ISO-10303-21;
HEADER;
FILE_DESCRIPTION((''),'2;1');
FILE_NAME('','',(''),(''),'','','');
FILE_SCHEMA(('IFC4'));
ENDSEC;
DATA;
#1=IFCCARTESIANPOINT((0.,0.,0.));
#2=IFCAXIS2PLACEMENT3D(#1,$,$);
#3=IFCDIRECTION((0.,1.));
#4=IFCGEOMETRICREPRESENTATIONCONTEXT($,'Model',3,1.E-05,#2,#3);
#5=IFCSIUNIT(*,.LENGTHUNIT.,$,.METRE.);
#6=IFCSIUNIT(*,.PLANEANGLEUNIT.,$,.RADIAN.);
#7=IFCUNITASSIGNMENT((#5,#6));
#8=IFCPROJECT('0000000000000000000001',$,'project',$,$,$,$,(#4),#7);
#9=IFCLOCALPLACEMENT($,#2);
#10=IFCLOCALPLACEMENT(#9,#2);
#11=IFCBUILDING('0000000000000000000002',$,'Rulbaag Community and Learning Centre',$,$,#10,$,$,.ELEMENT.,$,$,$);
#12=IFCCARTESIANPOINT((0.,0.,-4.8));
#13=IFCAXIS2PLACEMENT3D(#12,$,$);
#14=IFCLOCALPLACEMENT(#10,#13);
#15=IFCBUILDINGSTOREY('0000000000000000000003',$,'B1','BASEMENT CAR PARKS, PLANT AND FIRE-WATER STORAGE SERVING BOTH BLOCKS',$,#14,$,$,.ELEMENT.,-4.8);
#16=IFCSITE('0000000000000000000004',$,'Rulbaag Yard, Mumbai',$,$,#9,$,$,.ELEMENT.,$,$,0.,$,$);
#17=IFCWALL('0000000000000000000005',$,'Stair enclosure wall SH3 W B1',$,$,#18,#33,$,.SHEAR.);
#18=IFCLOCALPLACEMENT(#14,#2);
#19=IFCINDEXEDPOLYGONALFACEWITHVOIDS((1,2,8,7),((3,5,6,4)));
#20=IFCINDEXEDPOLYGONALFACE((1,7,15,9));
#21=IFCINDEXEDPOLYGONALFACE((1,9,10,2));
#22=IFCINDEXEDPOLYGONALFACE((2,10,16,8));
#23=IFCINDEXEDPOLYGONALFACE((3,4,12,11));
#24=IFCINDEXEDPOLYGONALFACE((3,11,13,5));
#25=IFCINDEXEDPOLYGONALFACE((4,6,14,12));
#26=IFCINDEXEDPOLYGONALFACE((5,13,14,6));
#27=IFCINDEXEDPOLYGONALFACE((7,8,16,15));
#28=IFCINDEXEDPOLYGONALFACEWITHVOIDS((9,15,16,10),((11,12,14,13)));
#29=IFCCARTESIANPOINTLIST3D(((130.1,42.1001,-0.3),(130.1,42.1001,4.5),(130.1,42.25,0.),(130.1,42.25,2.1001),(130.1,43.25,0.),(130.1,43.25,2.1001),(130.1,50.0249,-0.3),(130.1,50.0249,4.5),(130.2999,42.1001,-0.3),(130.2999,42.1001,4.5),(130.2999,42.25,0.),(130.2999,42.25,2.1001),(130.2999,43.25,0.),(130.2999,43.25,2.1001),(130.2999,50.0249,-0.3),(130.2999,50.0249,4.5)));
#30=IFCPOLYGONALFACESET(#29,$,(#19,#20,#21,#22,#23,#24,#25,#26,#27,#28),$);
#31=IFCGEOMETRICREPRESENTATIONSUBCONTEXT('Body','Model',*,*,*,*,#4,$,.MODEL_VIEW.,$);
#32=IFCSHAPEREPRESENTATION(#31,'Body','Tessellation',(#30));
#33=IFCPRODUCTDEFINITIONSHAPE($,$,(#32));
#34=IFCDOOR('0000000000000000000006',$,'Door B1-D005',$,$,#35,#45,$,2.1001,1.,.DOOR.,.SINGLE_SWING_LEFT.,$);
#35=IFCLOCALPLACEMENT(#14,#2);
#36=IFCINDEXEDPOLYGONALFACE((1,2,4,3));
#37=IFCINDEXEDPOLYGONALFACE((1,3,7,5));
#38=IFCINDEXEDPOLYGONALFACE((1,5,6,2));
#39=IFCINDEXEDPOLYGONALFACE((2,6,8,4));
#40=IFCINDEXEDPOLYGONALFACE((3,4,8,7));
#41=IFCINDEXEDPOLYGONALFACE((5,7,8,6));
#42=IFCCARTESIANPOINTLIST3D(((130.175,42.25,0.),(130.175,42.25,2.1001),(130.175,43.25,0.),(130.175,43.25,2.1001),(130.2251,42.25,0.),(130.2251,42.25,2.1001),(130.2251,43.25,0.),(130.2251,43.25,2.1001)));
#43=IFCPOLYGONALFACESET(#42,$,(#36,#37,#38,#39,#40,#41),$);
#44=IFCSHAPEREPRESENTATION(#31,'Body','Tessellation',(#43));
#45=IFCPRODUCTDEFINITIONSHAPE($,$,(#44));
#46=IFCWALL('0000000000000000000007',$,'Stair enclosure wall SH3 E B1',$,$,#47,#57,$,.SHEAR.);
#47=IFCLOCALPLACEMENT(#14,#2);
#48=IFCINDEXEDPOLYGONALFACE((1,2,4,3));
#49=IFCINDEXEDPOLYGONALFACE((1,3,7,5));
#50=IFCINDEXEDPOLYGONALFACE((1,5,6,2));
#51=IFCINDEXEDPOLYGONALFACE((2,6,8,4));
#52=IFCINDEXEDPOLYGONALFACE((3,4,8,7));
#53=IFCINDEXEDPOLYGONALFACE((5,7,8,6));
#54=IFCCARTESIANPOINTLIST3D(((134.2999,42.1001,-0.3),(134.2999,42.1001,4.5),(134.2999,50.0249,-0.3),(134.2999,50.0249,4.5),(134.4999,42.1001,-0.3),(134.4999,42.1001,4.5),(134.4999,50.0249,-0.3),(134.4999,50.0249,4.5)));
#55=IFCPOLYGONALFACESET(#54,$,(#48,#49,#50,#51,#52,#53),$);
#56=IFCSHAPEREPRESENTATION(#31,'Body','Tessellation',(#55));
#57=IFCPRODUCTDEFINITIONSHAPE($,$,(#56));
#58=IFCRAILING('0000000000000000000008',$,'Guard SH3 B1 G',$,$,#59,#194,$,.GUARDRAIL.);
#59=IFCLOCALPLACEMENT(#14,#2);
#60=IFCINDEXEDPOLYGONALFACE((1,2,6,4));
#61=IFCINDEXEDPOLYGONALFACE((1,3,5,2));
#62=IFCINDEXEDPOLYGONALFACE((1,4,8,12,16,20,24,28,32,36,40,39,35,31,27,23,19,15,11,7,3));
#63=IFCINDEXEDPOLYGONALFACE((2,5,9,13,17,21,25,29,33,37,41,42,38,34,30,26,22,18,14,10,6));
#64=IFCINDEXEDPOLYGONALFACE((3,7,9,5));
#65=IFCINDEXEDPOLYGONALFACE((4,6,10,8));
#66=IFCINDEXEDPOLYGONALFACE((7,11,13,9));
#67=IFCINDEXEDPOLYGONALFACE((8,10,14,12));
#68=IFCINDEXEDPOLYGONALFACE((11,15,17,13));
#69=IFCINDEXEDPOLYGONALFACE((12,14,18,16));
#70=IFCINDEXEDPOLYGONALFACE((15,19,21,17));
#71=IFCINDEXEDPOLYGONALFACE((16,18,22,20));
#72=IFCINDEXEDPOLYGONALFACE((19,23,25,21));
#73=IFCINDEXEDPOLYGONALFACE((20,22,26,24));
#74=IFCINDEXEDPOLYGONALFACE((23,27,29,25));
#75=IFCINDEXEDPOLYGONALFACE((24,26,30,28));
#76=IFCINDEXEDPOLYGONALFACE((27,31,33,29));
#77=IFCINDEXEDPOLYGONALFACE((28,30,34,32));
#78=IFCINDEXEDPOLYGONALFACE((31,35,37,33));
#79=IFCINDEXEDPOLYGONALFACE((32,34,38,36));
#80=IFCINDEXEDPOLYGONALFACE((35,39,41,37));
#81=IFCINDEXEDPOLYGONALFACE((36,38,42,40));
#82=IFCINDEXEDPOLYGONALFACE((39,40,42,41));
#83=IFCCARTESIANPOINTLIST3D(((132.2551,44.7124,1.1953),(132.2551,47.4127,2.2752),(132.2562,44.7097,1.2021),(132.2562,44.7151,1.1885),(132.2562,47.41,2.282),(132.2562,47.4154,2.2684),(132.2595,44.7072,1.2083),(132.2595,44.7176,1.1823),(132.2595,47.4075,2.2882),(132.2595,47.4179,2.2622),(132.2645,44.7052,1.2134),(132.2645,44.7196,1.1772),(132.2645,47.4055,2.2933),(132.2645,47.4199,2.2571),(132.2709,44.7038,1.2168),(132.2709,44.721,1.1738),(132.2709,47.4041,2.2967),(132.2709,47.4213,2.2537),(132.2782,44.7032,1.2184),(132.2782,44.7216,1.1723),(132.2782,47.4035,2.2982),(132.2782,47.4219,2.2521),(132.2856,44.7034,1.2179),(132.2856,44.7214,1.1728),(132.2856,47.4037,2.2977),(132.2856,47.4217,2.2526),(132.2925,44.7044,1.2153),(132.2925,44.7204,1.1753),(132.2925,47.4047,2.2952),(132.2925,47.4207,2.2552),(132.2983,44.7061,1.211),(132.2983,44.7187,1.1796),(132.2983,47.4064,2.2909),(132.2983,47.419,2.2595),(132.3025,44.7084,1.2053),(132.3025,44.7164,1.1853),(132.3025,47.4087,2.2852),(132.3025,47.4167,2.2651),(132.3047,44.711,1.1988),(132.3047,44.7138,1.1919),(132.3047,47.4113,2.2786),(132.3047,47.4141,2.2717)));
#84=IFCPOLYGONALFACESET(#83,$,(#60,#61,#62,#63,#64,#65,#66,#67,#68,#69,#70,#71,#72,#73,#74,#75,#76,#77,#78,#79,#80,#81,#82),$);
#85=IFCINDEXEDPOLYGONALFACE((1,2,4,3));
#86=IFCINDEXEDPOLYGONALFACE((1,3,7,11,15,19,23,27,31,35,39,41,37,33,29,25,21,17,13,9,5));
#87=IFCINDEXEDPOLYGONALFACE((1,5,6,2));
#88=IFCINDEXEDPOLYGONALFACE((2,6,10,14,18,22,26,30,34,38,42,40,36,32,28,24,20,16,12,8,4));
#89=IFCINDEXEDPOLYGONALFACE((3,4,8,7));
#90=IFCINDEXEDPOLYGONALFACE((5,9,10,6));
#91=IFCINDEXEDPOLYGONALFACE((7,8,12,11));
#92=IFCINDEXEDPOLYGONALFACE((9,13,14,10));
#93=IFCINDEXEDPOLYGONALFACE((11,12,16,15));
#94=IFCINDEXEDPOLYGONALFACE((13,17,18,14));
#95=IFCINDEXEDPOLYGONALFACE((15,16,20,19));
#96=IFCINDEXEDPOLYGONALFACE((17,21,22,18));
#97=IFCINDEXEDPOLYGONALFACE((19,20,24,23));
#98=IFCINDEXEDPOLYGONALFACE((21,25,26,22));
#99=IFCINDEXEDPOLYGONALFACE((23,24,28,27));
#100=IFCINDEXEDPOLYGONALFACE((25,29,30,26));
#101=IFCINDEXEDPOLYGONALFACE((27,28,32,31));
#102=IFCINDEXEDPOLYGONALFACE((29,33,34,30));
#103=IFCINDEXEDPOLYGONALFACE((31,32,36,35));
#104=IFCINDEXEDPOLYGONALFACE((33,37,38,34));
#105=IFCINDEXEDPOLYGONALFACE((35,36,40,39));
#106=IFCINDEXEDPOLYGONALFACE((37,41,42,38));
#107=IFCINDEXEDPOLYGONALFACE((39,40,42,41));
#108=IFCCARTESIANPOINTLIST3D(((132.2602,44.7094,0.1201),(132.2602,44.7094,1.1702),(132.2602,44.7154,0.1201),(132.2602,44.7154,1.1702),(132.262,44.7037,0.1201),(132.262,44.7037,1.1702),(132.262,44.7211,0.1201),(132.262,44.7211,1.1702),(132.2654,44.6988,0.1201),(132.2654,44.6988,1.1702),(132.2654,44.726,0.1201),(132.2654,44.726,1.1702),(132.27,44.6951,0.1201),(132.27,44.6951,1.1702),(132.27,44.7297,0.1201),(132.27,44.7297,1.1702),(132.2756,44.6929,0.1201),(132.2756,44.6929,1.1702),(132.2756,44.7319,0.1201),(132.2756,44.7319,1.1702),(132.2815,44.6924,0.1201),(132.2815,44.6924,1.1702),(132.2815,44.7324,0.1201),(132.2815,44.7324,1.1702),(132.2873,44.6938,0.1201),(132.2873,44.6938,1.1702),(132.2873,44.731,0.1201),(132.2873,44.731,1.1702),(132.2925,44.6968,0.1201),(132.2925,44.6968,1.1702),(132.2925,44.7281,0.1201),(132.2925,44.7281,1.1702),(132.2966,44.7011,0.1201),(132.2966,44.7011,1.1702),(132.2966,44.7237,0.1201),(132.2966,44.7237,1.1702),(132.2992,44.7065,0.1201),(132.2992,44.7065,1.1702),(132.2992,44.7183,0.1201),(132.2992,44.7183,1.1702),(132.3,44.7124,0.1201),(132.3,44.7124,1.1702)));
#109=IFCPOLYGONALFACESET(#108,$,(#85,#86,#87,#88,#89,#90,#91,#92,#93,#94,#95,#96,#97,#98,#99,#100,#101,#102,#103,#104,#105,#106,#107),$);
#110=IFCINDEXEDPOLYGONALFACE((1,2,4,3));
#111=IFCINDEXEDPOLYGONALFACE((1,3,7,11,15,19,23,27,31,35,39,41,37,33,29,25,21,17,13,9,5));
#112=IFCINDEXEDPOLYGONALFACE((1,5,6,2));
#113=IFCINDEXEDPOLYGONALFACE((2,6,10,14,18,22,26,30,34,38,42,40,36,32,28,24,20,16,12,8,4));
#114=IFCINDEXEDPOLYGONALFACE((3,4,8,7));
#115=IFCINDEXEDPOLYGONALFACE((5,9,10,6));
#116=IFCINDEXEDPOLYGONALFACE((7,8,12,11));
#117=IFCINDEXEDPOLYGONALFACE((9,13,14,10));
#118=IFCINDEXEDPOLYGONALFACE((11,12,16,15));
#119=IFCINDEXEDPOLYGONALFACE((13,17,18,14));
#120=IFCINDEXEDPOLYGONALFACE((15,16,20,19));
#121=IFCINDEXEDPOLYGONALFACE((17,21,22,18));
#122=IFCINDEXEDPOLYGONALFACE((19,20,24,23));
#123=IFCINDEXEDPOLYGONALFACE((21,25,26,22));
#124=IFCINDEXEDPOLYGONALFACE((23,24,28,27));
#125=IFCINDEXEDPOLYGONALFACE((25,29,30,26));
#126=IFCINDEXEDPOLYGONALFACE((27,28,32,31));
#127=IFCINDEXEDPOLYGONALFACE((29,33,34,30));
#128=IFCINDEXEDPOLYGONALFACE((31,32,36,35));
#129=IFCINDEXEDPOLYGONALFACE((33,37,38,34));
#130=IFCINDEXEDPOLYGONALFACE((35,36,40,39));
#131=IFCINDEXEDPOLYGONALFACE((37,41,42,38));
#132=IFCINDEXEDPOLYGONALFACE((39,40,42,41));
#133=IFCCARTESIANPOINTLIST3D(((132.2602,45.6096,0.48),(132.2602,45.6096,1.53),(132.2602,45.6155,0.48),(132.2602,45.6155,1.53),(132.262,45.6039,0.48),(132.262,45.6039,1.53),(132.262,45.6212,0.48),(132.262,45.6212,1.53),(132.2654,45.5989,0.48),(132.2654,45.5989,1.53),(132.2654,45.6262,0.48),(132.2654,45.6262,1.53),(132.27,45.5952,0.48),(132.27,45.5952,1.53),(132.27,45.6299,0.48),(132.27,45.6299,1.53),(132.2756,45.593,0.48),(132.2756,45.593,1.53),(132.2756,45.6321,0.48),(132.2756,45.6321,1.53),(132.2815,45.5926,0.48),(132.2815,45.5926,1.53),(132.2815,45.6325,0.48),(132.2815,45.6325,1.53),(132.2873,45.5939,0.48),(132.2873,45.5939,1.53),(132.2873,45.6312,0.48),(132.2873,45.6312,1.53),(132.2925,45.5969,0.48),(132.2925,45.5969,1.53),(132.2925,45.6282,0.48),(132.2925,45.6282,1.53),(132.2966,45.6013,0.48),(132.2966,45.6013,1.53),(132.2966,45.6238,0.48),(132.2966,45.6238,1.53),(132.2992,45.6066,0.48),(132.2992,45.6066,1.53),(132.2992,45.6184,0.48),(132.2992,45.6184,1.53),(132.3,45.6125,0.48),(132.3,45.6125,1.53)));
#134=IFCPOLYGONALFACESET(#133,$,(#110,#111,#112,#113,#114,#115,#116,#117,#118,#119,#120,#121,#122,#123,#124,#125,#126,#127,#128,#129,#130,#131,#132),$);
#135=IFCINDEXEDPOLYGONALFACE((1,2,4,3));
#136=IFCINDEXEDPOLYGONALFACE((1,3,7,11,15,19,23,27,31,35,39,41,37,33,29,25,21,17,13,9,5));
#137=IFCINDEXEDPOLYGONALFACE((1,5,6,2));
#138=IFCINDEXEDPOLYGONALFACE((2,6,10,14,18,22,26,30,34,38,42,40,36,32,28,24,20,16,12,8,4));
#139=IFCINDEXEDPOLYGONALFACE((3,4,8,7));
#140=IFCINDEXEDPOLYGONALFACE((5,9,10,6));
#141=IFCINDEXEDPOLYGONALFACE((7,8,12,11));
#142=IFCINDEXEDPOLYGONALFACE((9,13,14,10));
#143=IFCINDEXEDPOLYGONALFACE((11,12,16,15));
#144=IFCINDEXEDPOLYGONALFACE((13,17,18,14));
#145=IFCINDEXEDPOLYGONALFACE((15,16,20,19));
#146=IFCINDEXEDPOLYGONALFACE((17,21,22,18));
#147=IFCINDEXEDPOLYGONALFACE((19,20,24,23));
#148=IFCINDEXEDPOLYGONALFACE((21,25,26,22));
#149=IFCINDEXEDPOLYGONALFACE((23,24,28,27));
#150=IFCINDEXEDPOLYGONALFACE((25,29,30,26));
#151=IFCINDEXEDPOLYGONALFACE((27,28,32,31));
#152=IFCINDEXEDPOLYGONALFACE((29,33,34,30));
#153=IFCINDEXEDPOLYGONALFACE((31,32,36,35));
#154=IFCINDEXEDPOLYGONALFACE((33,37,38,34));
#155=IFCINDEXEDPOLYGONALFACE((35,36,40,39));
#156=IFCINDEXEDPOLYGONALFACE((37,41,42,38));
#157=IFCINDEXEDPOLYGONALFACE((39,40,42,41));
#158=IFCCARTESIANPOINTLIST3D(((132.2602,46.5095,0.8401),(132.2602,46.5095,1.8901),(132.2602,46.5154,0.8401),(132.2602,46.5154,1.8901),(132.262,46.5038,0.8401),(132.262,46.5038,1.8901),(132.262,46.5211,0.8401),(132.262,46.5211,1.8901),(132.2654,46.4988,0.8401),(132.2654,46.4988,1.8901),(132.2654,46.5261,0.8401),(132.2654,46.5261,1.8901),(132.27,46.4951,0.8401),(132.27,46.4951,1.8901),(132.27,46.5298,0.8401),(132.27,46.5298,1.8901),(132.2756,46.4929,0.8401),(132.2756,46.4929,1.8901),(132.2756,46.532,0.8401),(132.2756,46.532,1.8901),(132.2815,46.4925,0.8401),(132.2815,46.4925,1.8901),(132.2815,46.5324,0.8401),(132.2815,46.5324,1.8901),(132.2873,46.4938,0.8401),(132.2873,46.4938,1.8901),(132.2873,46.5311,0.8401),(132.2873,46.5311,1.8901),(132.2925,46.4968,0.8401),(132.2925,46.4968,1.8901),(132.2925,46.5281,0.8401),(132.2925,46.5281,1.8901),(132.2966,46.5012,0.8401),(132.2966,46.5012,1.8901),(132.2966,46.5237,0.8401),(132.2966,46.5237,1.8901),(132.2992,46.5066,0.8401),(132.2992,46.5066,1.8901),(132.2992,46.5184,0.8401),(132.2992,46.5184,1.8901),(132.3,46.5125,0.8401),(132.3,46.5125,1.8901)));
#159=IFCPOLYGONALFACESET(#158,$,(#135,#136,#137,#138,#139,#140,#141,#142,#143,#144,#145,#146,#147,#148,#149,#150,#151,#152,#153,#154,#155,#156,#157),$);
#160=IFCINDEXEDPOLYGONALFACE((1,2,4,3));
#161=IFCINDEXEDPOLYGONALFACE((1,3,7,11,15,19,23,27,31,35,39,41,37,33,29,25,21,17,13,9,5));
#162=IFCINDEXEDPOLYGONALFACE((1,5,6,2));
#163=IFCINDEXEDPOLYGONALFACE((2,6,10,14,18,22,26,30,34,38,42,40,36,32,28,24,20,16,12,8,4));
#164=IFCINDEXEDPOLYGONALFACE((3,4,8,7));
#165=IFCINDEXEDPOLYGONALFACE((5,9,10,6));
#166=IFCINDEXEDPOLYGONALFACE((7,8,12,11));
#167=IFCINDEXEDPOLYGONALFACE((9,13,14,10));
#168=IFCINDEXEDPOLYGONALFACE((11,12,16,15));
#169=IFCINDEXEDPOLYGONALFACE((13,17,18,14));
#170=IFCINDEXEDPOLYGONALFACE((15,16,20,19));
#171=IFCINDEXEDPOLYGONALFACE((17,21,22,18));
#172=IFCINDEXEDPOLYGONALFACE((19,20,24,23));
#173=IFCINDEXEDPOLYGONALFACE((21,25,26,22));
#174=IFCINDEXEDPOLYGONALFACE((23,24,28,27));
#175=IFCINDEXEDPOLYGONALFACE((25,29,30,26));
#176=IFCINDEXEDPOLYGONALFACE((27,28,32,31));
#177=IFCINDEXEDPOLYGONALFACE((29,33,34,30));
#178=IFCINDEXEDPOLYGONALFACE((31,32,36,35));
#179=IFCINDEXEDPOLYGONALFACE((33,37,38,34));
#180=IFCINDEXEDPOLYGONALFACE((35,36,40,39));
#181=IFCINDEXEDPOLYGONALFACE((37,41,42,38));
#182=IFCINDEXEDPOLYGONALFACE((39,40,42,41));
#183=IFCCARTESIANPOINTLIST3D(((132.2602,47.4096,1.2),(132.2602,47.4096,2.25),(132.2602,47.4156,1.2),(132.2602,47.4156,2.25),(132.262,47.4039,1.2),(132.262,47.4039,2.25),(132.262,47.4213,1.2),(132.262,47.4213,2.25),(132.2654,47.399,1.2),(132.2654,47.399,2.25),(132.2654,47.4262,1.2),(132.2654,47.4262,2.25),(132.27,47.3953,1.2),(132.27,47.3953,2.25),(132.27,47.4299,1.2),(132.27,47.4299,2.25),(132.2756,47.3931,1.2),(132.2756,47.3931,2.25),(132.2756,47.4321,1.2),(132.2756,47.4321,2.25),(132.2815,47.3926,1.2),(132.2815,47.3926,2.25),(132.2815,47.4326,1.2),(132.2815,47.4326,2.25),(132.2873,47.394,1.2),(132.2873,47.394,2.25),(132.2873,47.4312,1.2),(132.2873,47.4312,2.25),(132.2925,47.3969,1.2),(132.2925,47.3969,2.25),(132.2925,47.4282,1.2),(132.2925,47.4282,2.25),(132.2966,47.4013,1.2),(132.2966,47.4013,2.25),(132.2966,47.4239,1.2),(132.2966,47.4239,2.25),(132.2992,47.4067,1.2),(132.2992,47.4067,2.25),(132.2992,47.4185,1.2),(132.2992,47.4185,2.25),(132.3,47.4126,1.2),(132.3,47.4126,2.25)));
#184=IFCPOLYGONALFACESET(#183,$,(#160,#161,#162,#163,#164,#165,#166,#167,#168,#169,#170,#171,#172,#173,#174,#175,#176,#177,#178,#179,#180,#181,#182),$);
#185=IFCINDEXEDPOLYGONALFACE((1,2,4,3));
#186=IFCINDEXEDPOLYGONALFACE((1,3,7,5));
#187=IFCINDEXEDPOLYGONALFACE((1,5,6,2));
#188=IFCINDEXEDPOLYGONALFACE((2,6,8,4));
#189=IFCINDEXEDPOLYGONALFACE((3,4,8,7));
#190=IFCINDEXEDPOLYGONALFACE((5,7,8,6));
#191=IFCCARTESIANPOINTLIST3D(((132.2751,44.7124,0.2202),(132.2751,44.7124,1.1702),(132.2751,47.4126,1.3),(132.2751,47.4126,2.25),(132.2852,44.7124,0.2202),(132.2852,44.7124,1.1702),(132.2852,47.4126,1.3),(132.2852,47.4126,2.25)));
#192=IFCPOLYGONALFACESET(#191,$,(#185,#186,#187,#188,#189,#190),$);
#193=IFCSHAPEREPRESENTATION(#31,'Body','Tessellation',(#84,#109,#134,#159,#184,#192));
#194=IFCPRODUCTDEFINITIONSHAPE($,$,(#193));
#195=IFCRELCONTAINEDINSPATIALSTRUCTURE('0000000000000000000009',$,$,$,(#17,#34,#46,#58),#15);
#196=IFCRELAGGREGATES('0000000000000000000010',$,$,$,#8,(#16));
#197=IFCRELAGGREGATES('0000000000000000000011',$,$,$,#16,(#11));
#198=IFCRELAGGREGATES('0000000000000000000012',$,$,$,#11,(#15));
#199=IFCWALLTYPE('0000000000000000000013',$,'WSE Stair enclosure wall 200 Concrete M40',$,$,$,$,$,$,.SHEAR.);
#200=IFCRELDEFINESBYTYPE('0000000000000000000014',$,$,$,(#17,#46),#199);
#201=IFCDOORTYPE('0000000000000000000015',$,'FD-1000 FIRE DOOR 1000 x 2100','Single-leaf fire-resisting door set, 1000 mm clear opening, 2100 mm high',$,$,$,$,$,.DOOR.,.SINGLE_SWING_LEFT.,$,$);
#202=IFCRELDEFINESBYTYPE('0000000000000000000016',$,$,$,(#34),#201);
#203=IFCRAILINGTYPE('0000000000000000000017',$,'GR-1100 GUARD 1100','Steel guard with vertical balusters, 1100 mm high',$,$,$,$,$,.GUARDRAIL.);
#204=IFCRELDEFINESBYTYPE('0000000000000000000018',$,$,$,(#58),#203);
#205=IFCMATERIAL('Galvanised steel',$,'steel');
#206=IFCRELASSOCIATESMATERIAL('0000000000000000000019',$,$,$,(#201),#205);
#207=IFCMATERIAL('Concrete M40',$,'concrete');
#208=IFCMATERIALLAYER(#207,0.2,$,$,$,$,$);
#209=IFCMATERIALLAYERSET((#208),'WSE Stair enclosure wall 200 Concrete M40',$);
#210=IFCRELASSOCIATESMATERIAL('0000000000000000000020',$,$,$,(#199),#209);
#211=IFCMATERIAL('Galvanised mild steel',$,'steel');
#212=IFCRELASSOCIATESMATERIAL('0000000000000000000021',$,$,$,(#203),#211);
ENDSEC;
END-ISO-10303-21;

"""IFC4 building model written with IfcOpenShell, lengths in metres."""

from ifc_helpers import new_model, si_unit, direction, frame, frame_2d, origin, origin_2d, place, context, subcontext, project, spatial, polyline, rectangle, circle, outline, extrude, material, layer, layer_set, type_object, element, fill, save


model = new_model("IFC4")

# Units and contexts
model_context = context("Model", 3, precision=1e-05, world=origin(), true_north=direction((0.0, 1.0)))
body_context = subcontext(model_context, "Body", "Model", "MODEL_VIEW")
ifc_project = project(units=[si_unit("LENGTHUNIT", "METRE"), si_unit("PLANEANGLEUNIT", "RADIAN")], contexts=[model_context])

# Site, building, storey
site_placement = place(None, origin())
site = spatial("IfcSite", under=ifc_project, at=site_placement, Name="Rulbaag Yard, Mumbai", CompositionType="ELEMENT", RefElevation=0.0)
building_placement = place(site_placement, origin())
building = spatial("IfcBuilding", under=site, at=building_placement, Name="Rulbaag Community and Learning Centre", CompositionType="ELEMENT")
storey_placement = place(building_placement, frame((0.0, 0.0, -4.8)))
storey = spatial("IfcBuildingStorey", under=building, at=storey_placement, Name="B1", Description="BASEMENT CAR PARKS, PLANT AND FIRE-WATER STORAGE SERVING BOTH BLOCKS", CompositionType="ELEMENT", Elevation=-4.8)

# Shared definitions
ifc_material_1 = material(Name="Concrete M40", Category="concrete")

# Shared definitions
ifc_material_2 = material(Name="Galvanised steel", Category="steel")
door_type_1 = type_object("IfcDoorType", Name="FD-1000 FIRE DOOR 1000 x 2100", Description="Single-leaf fire-resisting door set, 1000 mm clear opening, 2100 mm high", OperationType="SINGLE_SWING_LEFT", PredefinedType="DOOR", material=ifc_material_2)

# Shared definitions
ifc_layer_1 = layer(ifc_material_1, 0.2)
ifc_layer_set_1 = layer_set([ifc_layer_1], Name="WSE Stair enclosure wall 200 Concrete M40")
wall_type_1 = type_object("IfcWallType", Name="WSE Stair enclosure wall 200 Concrete M40", PredefinedType="SHEAR", material=ifc_layer_set_1)

# Wall, opening, door
wall_1_placement = place(storey_placement, frame((130.2, 42.1001, -0.3), z_axis=(0.0, 0.0, 1.0), x_axis=(0.0, 1.0, 0.0)))
wall_1 = element("IfcWall", 1, at=wall_1_placement, inside=storey, type_object=wall_type_1, Name="Stair enclosure wall SH3 W B1", PredefinedType="SHEAR", context=body_context, shape_type="SweptSolid", body=[
    extrude(rectangle(XDim=7.9248, YDim=0.2, at=frame_2d((3.9624, 0.0))), origin(), (0.0, 0.0, 1.0), 4.8),
])
opening_1_placement = place(wall_1_placement, frame((0.1499, 0.0, 0.3)))
opening_1 = element("IfcOpeningElement", 2, at=opening_1_placement, cuts=wall_1, PredefinedType="OPENING", context=body_context, shape_type="SweptSolid", body=[
    extrude(rectangle(XDim=1.0, YDim=2.1001, at=frame_2d((0.5, 1.05))), frame((0.0, 0.1099, 0.0), z_axis=(0.0, -1.0, 0.0), x_axis=(1.0, 0.0, 0.0)), (0.0, 0.0, 1.0), 0.22),
])
door_1_placement = place(opening_1_placement, origin())
door_1 = element("IfcDoor", 3, at=door_1_placement, inside=storey, type_object=door_type_1, Name="Door B1-D005", OperationType="SINGLE_SWING_LEFT", OverallHeight=2.1001, OverallWidth=1.0, PredefinedType="DOOR", context=body_context, shape_type="SweptSolid", body=[
    extrude(rectangle(XDim=1.0, YDim=2.1001, at=frame_2d((0.5, 1.05))), frame((0.0, 0.0249, 0.0), z_axis=(0.0, -1.0, 0.0), x_axis=(1.0, 0.0, 0.0)), (0.0, 0.0, 1.0), 0.05),
])
fill(opening_1, door_1)

# Wall
wall_2_placement = place(storey_placement, frame((134.3999, 42.1001, -0.3), z_axis=(0.0, 0.0, 1.0), x_axis=(0.0, 1.0, 0.0)))
element("IfcWall", 4, at=wall_2_placement, inside=storey, type_object=wall_type_1, Name="Stair enclosure wall SH3 E B1", PredefinedType="SHEAR", context=body_context, shape_type="SweptSolid", body=[
    extrude(rectangle(XDim=7.9248, YDim=0.2, at=frame_2d((3.9624, 0.0))), origin(), (0.0, 0.0, 1.0), 4.8),
])

# Railing
ifc_material_3 = material(Name="Galvanised mild steel", Category="steel")
railing_type_1 = type_object("IfcRailingType", Name="GR-1100 GUARD 1100", Description="Steel guard with vertical balusters, 1100 mm high", PredefinedType="GUARDRAIL", material=ifc_material_3)
railing_1_placement = place(storey_placement, frame((132.28, 44.7124, 0.1201)))
element("IfcRailing", 5, at=railing_1_placement, inside=storey, type_object=railing_type_1, Name="Guard SH3 B1 G", PredefinedType="GUARDRAIL", context=body_context, shape_type="SweptSolid", body=[
    extrude(circle(Radius=0.0249, at=origin_2d()), frame((0.0, 0.0, 1.0752), z_axis=(0.0, 0.928506, 0.371318), x_axis=(-1.0, 0.0, 0.0)), (0.0, 0.0, 1.0), 2.9082),
    extrude(circle(Radius=0.02, at=origin_2d()), origin(), (0.0, 0.0, 1.0), 1.05),
    extrude(circle(Radius=0.02, at=origin_2d()), frame((0.0, 0.9001, 0.3599)), (0.0, 0.0, 1.0), 1.05),
    extrude(circle(Radius=0.02, at=origin_2d()), frame((0.0, 1.8, 0.72)), (0.0, 0.0, 1.0), 1.05),
    extrude(circle(Radius=0.02, at=origin_2d()), frame((0.0, 2.7002, 1.0798)), (0.0, 0.0, 1.0), 1.05),
    extrude(outline(polyline([(0.0, 0.0), (2.7002, 1.0798), (2.7002, 2.0298), (0.0, 0.95), (0.0, 0.0)])), frame((-0.0049, 0.0, 0.1001), z_axis=(1.0, 0.0, 0.0), x_axis=(0.0, 1.0, 0.0)), (0.0, 0.0, 1.0), 0.01),
])

save(model, "model.ifc")
